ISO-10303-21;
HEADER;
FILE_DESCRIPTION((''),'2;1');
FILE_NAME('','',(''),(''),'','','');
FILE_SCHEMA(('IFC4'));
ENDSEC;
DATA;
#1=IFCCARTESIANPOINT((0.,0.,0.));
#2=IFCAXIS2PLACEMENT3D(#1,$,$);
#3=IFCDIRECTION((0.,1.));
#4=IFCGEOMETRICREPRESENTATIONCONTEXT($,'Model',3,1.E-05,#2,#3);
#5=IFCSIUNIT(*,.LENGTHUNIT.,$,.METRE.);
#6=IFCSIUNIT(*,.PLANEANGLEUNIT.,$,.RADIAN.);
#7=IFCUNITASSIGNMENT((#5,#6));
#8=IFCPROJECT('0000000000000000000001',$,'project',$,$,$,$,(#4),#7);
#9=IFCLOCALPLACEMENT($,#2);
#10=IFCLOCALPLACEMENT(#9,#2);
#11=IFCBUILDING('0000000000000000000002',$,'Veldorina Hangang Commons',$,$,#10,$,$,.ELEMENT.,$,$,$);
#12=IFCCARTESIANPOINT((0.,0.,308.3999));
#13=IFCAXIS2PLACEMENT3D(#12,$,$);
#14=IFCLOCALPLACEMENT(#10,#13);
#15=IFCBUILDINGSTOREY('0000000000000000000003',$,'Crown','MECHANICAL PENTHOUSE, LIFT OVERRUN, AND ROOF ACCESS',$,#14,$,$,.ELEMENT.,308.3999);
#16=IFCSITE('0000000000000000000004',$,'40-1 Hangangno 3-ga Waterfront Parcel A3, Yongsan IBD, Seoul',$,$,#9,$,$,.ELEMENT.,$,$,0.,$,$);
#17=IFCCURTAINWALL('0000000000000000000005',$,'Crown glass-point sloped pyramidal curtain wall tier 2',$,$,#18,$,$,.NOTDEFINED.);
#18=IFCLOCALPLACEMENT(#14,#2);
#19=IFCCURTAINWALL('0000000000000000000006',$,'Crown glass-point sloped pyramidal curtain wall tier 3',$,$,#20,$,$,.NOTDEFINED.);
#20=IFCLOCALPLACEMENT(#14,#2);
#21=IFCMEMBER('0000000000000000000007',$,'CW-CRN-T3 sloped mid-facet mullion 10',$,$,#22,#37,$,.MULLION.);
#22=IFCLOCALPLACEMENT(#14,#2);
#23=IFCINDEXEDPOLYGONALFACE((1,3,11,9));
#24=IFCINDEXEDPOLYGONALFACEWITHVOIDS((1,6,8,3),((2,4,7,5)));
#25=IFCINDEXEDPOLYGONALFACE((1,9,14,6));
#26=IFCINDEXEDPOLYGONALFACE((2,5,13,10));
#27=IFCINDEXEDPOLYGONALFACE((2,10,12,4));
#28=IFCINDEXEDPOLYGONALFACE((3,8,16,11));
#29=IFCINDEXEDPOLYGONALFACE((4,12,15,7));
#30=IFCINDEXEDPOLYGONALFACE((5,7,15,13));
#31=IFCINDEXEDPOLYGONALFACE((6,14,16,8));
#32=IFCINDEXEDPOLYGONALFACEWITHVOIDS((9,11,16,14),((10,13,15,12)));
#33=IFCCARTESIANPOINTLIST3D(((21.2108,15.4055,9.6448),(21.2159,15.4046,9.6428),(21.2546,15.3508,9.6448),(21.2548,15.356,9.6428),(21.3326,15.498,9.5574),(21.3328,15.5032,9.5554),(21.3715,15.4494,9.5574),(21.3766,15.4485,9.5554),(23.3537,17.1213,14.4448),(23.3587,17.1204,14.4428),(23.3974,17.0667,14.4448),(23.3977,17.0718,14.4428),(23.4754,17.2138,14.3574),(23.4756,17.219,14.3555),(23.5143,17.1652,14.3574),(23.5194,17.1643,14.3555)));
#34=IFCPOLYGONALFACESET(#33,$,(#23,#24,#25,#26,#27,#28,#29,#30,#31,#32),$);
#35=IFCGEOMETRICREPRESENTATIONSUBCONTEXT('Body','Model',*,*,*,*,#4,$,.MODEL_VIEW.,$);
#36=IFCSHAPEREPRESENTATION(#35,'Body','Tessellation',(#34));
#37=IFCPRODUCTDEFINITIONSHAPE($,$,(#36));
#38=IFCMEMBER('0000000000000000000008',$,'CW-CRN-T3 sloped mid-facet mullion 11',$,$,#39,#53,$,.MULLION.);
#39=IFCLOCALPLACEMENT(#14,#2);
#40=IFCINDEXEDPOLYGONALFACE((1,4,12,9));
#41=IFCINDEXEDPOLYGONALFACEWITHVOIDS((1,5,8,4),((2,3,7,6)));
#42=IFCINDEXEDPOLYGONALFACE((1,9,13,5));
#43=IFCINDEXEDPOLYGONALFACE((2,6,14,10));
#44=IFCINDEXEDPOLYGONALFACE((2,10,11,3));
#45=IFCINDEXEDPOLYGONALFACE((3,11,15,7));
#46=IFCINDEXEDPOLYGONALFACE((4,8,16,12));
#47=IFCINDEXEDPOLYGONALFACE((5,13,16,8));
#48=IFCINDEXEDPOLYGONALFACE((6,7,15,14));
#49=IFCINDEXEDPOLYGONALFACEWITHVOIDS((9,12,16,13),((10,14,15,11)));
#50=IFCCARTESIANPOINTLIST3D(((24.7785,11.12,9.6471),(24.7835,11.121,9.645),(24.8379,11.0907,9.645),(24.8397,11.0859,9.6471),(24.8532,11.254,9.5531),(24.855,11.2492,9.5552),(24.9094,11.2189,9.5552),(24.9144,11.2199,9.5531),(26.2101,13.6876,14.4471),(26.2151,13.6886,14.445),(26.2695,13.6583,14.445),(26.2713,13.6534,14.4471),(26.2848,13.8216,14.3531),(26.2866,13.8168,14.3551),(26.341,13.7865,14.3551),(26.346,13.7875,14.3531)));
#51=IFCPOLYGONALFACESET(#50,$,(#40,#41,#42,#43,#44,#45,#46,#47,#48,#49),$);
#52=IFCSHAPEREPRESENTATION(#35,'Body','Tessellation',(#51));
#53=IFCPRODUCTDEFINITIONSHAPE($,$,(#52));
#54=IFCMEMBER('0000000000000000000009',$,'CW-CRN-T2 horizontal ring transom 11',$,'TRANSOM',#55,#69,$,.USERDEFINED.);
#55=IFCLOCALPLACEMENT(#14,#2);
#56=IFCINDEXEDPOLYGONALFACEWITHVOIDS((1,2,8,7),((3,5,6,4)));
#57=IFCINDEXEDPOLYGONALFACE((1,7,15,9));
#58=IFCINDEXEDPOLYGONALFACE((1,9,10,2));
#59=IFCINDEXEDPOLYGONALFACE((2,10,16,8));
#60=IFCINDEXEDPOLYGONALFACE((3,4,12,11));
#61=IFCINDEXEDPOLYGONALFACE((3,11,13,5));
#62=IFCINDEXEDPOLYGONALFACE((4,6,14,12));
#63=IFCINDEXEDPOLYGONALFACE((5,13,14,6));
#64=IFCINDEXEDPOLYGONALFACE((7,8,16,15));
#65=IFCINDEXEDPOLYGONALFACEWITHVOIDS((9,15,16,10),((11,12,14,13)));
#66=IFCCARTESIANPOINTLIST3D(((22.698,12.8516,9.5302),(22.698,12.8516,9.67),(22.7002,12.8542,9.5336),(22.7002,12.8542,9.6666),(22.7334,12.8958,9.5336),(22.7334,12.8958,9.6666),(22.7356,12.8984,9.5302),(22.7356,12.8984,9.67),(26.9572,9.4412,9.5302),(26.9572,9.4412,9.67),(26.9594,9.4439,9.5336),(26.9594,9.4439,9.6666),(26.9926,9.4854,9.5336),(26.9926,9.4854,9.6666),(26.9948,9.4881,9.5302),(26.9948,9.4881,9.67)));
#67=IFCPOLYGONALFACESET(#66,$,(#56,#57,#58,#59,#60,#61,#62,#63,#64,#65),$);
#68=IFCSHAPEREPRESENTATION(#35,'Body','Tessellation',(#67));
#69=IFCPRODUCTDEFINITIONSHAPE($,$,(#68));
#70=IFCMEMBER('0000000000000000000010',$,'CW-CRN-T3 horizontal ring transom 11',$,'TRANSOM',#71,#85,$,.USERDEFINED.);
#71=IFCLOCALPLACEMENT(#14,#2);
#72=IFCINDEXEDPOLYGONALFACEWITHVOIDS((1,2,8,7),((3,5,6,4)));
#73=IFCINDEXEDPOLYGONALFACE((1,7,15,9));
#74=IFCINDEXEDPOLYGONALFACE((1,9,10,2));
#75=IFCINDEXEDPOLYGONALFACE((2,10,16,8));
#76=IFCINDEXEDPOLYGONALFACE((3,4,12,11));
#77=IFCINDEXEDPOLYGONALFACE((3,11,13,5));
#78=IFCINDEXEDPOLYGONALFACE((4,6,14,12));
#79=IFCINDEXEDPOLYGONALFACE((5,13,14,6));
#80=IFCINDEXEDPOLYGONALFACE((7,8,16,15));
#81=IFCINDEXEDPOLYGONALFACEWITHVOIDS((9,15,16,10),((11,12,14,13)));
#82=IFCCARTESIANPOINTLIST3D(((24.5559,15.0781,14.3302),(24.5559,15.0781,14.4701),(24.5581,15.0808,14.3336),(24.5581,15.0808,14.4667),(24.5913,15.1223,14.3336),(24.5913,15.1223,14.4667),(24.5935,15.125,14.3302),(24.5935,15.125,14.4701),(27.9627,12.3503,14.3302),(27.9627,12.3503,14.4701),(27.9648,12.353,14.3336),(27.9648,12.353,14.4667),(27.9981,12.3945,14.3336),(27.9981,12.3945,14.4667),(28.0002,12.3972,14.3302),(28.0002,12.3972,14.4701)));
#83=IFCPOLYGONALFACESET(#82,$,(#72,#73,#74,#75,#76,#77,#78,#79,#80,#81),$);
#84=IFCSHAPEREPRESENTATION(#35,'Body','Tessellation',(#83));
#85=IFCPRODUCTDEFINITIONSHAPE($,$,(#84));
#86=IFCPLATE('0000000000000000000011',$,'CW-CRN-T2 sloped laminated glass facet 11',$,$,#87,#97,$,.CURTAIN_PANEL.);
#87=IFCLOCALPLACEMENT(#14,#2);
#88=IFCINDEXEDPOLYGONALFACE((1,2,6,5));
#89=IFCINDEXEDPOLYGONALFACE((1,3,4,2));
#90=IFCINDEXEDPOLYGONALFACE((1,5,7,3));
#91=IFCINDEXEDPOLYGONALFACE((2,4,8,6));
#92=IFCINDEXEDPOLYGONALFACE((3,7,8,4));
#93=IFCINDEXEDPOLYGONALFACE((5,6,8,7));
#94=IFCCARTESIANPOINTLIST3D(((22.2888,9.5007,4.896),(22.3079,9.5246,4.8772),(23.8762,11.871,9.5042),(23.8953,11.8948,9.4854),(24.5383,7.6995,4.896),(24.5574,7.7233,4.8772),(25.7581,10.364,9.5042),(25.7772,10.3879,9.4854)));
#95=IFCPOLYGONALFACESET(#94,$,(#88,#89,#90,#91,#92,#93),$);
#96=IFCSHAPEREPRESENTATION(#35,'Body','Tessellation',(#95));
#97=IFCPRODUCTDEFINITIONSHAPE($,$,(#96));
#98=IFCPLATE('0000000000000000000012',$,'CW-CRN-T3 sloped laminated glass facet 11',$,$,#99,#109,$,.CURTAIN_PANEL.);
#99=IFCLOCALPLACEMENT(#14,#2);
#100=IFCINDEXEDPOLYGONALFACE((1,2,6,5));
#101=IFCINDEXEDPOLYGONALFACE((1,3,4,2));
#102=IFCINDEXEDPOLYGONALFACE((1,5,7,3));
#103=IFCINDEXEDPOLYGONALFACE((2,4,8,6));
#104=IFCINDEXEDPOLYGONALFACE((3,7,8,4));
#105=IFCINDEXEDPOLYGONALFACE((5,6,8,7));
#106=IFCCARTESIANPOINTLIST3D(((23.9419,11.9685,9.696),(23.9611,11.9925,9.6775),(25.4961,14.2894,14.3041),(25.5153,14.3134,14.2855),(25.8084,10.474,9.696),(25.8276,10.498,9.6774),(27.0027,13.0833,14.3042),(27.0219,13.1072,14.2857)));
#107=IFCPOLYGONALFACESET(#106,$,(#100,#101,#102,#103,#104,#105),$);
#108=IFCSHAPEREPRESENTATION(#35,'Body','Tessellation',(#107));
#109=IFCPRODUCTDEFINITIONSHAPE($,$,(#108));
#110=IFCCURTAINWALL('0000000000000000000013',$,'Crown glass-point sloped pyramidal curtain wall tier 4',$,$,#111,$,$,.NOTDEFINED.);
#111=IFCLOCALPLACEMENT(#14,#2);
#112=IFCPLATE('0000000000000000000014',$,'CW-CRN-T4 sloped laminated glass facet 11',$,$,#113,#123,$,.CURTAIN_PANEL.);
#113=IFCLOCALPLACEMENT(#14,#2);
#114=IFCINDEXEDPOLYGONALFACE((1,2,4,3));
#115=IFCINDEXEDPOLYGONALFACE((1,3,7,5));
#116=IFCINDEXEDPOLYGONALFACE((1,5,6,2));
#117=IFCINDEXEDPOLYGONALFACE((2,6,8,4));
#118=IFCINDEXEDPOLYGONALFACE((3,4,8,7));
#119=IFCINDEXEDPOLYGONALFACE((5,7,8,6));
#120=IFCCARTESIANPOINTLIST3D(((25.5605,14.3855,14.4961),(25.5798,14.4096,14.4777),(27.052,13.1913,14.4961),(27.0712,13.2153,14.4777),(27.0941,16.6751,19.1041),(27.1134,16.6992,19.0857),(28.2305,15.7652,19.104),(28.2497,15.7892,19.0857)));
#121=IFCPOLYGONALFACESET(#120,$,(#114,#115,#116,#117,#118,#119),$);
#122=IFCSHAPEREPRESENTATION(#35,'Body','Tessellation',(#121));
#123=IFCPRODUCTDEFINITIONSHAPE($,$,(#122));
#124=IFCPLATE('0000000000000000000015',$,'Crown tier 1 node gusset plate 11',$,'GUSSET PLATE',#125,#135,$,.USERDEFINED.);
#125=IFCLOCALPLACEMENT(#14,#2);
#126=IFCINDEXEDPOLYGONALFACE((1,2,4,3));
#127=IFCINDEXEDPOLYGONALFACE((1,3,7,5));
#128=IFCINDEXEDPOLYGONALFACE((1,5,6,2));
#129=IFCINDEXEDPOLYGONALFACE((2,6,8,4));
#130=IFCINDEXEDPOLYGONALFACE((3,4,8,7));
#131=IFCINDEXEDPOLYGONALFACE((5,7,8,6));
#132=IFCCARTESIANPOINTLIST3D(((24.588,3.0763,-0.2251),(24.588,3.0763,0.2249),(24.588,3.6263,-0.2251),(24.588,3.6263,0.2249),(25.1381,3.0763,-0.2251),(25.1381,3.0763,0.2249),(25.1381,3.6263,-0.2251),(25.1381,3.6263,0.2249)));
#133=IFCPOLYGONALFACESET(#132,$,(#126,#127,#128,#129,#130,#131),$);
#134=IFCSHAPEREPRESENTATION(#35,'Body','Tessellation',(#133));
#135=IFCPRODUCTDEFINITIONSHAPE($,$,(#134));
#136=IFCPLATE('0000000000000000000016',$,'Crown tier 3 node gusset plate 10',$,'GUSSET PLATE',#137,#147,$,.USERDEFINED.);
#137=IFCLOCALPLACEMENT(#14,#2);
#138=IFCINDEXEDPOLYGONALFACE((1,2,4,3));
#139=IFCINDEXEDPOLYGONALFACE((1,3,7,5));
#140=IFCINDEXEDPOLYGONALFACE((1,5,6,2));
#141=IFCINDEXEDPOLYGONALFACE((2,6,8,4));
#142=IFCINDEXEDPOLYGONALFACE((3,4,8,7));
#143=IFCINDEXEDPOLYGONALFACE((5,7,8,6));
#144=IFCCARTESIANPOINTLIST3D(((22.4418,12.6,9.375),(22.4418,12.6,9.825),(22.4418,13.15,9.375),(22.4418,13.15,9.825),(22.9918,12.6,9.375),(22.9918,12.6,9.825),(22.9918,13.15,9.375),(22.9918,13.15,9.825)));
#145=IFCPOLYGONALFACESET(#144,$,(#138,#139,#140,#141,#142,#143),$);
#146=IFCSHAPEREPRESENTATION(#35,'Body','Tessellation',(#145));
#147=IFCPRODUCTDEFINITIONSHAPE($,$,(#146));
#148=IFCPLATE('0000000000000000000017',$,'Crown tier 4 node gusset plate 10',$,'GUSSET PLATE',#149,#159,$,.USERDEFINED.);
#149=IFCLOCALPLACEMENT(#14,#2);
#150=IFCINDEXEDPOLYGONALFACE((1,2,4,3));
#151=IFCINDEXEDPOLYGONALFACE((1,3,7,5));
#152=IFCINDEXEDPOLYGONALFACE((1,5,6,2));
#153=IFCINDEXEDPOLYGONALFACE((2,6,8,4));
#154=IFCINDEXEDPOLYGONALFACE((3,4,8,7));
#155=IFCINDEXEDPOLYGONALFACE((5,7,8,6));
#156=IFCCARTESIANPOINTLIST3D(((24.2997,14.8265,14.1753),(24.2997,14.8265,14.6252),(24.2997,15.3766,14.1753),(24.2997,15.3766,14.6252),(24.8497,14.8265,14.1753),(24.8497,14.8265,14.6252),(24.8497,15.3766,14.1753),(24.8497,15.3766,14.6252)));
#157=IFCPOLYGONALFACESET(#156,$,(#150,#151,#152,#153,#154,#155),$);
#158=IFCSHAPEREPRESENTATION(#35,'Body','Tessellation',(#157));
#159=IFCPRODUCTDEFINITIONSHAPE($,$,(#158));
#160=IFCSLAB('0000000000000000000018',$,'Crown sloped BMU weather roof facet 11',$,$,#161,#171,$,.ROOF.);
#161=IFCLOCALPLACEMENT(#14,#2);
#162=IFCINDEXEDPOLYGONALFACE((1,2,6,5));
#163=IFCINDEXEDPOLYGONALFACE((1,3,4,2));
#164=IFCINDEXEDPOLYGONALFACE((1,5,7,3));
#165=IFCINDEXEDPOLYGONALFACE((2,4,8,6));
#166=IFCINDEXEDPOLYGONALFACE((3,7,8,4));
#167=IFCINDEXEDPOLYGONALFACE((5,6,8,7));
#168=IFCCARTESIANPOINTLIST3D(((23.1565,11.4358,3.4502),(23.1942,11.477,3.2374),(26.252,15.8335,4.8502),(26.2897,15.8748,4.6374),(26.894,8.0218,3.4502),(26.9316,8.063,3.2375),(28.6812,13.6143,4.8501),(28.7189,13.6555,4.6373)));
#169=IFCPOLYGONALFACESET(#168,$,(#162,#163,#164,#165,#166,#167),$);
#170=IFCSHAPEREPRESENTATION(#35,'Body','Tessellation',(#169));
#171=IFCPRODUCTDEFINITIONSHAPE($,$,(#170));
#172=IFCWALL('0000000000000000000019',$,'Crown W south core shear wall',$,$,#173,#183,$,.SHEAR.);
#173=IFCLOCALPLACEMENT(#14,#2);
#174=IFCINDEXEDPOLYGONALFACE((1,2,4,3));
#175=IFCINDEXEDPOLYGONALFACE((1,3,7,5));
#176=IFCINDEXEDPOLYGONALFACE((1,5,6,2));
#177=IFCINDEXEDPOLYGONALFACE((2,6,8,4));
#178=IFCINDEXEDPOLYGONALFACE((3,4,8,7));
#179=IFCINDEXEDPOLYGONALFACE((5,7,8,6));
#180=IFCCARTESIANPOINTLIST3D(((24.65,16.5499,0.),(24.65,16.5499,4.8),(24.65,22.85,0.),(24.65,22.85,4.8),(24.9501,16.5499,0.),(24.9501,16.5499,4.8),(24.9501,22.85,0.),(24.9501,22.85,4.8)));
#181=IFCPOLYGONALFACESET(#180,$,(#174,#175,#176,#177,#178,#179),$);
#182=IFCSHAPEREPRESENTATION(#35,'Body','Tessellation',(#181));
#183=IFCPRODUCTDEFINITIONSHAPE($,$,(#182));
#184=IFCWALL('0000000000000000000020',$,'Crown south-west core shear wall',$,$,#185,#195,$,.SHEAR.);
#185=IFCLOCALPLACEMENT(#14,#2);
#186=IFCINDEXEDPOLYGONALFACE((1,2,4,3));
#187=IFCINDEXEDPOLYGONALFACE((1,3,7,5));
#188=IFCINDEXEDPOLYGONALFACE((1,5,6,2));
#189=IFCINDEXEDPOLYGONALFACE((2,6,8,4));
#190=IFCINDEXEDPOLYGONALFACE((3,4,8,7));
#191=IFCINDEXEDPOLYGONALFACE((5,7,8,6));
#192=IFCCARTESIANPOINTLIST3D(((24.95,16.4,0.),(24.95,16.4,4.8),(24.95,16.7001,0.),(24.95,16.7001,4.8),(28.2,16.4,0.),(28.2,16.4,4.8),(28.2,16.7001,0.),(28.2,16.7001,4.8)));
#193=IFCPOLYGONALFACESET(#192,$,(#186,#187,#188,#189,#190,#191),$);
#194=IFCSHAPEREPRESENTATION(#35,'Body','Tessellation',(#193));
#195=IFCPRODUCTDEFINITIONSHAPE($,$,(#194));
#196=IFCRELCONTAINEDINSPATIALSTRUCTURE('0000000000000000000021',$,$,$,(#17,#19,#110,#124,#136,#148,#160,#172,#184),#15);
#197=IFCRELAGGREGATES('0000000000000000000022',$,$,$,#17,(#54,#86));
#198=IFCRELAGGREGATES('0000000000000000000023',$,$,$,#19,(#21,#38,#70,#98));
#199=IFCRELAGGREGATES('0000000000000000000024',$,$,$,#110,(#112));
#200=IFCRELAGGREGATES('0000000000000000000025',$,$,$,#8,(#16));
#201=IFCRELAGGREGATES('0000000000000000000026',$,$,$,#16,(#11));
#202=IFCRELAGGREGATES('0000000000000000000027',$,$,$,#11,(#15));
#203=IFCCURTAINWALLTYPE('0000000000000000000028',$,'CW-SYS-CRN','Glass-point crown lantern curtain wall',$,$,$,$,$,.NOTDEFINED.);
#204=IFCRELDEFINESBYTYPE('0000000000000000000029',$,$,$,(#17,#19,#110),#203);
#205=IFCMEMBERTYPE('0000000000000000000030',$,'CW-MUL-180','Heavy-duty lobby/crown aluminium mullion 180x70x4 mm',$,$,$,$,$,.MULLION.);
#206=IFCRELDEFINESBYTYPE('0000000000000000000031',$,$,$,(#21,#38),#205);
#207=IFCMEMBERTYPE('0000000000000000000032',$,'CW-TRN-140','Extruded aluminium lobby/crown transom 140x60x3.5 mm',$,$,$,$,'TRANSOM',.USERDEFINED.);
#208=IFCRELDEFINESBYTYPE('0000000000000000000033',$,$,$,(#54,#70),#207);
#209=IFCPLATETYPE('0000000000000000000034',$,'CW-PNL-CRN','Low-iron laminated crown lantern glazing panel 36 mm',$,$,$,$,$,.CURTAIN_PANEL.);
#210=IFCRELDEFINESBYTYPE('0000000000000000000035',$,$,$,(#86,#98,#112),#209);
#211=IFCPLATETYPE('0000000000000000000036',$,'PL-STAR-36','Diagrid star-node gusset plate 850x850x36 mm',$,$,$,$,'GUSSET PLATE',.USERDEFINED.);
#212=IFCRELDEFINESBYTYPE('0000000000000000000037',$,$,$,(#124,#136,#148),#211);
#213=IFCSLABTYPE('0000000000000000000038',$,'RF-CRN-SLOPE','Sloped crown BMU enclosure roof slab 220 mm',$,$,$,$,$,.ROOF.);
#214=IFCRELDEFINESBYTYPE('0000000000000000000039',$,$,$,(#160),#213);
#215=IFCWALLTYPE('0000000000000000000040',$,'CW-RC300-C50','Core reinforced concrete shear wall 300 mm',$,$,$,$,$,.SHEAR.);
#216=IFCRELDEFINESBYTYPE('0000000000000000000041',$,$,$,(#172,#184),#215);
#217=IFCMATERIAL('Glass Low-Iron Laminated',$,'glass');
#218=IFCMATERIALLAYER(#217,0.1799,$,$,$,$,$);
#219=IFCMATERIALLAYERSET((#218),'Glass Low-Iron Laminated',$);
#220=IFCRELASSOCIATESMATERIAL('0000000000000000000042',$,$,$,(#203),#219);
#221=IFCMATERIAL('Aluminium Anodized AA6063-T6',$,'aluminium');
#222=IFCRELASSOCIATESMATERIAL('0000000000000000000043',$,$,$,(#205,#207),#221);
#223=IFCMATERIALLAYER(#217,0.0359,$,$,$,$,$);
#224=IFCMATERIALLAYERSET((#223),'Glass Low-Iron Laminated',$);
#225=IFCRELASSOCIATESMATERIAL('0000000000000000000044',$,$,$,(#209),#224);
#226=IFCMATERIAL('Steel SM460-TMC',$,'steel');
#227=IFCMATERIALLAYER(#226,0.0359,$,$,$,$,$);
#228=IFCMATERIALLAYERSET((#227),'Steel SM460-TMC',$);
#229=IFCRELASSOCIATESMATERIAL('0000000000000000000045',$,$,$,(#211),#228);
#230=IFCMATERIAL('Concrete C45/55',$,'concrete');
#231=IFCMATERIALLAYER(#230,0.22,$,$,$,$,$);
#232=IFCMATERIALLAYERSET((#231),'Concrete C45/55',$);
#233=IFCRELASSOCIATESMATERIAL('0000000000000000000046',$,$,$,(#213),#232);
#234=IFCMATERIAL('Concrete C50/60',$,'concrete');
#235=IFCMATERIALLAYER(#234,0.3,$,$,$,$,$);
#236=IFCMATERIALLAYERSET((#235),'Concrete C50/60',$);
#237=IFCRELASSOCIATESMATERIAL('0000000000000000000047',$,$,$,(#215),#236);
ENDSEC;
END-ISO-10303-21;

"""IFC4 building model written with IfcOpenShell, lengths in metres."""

from ifc_helpers import new_model, si_unit, direction, frame, frame_2d, origin, origin_2d, place, context, subcontext, project, spatial, polyline, rectangle, hollow_rectangle, outline, extrude, material, layer, layer_set, material_profile, profile_set, type_object, element, aggregate, save


model = new_model("IFC4")

# Units and contexts
model_context = context("Model", 3, precision=1e-05, world=origin(), true_north=direction((0.0, 1.0)))
body_context = subcontext(model_context, "Body", "Model", "MODEL_VIEW")
ifc_project = project(units=[si_unit("LENGTHUNIT", "METRE"), si_unit("PLANEANGLEUNIT", "RADIAN")], contexts=[model_context])

# Site, building, storey
site_placement = place(None, origin())
site = spatial("IfcSite", under=ifc_project, at=site_placement, Name="40-1 Hangangno 3-ga Waterfront Parcel A3, Yongsan IBD, Seoul", CompositionType="ELEMENT", RefElevation=0.0)
building_placement = place(site_placement, origin())
building = spatial("IfcBuilding", under=site, at=building_placement, Name="Veldorina Hangang Commons", CompositionType="ELEMENT")
storey_placement = place(building_placement, frame((0.0, 0.0, 308.3999)))
storey = spatial("IfcBuildingStorey", under=building, at=storey_placement, Name="Crown", Description="MECHANICAL PENTHOUSE, LIFT OVERRUN, AND ROOF ACCESS", CompositionType="ELEMENT", Elevation=308.3999)

# Shared definitions
ifc_material_1 = material(Name="Steel SM460-TMC", Category="steel")

# Curtain wall
ifc_material_2 = material(Name="Glass Low-Iron Laminated", Category="glass")
ifc_layer_1 = layer(ifc_material_2, 0.1799)
ifc_layer_set_1 = layer_set([ifc_layer_1], Name="Glass Low-Iron Laminated")
curtain_wall_type = type_object("IfcCurtainWallType", Name="CW-SYS-CRN", Description="Glass-point crown lantern curtain wall", PredefinedType="NOTDEFINED", material=ifc_layer_set_1)
ifc_material_3 = material(Name="Aluminium Anodized AA6063-T6", Category="aluminium")
ifc_material_profile_1 = material_profile(ifc_material_3, hollow_rectangle(XDim=0.0701, YDim=0.1799, WallThickness=0.0039, at=origin_2d()), Name="ALU-RHS-180x70x4")
ifc_profile_set_1 = profile_set([ifc_material_profile_1], Name="Aluminium Anodized AA6063-T6")
member_type_1 = type_object("IfcMemberType", Name="CW-MUL-180", Description="Heavy-duty lobby/crown aluminium mullion 180x70x4 mm", PredefinedType="MULLION", material=ifc_profile_set_1)
curtain_wall_1_placement = place(storey_placement, origin())
curtain_wall_1 = element("IfcCurtainWall", 1, at=curtain_wall_1_placement, inside=storey, type_object=curtain_wall_type, Name="Crown glass-point sloped pyramidal curtain wall tier 2", PredefinedType="NOTDEFINED")

# Curtain wall, members
curtain_wall_2_placement = place(storey_placement, origin())
curtain_wall_2 = element("IfcCurtainWall", 2, at=curtain_wall_2_placement, inside=storey, type_object=curtain_wall_type, Name="Crown glass-point sloped pyramidal curtain wall tier 3", PredefinedType="NOTDEFINED")
member_1_placement = place(storey_placement, frame((21.2937, 15.427, 9.6001), z_axis=(0.38752, 0.310299, 0.868068), x_axis=(-0.625042, 0.780591, 0.0)))
member_1 = element("IfcMember", 3, at=member_1_placement, type_object=member_type_1, Name="CW-CRN-T3 sloped mid-facet mullion 10", PredefinedType="MULLION", context=body_context, shape_type="SweptSolid", body=[
    extrude(hollow_rectangle(XDim=0.0701, YDim=0.1799, WallThickness=0.0039, at=origin_2d()), origin(), (0.0, 0.0, 1.0), 5.5295),
])
member_2_placement = place(storey_placement, frame((24.8464, 11.1699, 9.6001), z_axis=(0.254345, 0.456163, 0.852774), x_axis=(-0.873408, 0.486989, 0.0)))
member_2 = element("IfcMember", 4, at=member_2_placement, type_object=member_type_1, Name="CW-CRN-T3 sloped mid-facet mullion 11", PredefinedType="MULLION", context=body_context, shape_type="SweptSolid", body=[
    extrude(hollow_rectangle(XDim=0.0701, YDim=0.1799, WallThickness=0.0039, at=origin_2d()), origin(), (0.0, 0.0, 1.0), 5.6287),
])

# Members
ifc_material_profile_2 = material_profile(ifc_material_3, hollow_rectangle(XDim=0.0601, YDim=0.1399, WallThickness=0.0034, at=origin_2d()), Name="ALU-RHS-140x60x3.5")
ifc_profile_set_2 = profile_set([ifc_material_profile_2], Name="Aluminium Anodized AA6063-T6")
member_type_2 = type_object("IfcMemberType", Name="CW-TRN-140", Description="Extruded aluminium lobby/crown transom 140x60x3.5 mm", ElementType="TRANSOM", PredefinedType="USERDEFINED", material=ifc_profile_set_2)
member_3_placement = place(storey_placement, frame((22.7168, 12.875, 9.6001), z_axis=(0.780602, -0.625028, 0.0), x_axis=(0.625028, 0.780602, 0.0)))
member_3 = element("IfcMember", 5, at=member_3_placement, type_object=member_type_2, Name="CW-CRN-T2 horizontal ring transom 11", ObjectType="TRANSOM", PredefinedType="USERDEFINED", context=body_context, shape_type="SweptSolid", body=[
    extrude(hollow_rectangle(XDim=0.0601, YDim=0.1399, WallThickness=0.0034, at=origin_2d()), origin(), (0.0, 0.0, 1.0), 5.4563),
])
member_4_placement = place(storey_placement, frame((24.5747, 15.1016, 14.4001), z_axis=(0.780601, -0.625029, 0.0), x_axis=(0.625029, 0.780601, 0.0)))
member_4 = element("IfcMember", 6, at=member_4_placement, type_object=member_type_2, Name="CW-CRN-T3 horizontal ring transom 11", ObjectType="TRANSOM", PredefinedType="USERDEFINED", context=body_context, shape_type="SweptSolid", body=[
    extrude(hollow_rectangle(XDim=0.0601, YDim=0.1399, WallThickness=0.0034, at=origin_2d()), origin(), (0.0, 0.0, 1.0), 4.3643),
])

# Plates
ifc_layer_2 = layer(ifc_material_2, 0.0359)
ifc_layer_set_2 = layer_set([ifc_layer_2], Name="Glass Low-Iron Laminated")
plate_type_1 = type_object("IfcPlateType", Name="CW-PNL-CRN", Description="Low-iron laminated crown lantern glazing panel 36 mm", PredefinedType="CURTAIN_PANEL", material=ifc_layer_set_2)
plate_1_placement = place(storey_placement, frame((22.2888, 9.5007, 4.896), z_axis=(-0.531988, -0.664377, 0.524969), x_axis=(0.780589, -0.625044, -0.000001)))
plate_1 = element("IfcPlate", 7, at=plate_1_placement, type_object=plate_type_1, Name="CW-CRN-T2 sloped laminated glass facet 11", PredefinedType="CURTAIN_PANEL", context=body_context, shape_type="SweptSolid", body=[
    extrude(outline(polyline([(0.0, 0.0), (2.8818, 0.0), (2.1685, 5.4143), (-0.2424, 5.4143), (0.0, 0.0)])), origin(), (0.0, 0.0, -1.0), 0.0359),
])
aggregate(curtain_wall_1, [member_3, plate_1])
plate_2_placement = place(storey_placement, frame((23.9419, 11.9685, 9.696), z_axis=(-0.535002, -0.668197, 0.516997), x_axis=(0.780603, -0.625027, -0.000032)))
plate_2 = element("IfcPlate", 8, at=plate_2_placement, type_object=plate_type_1, Name="CW-CRN-T3 sloped laminated glass facet 11", PredefinedType="CURTAIN_PANEL", context=body_context, shape_type="SweptSolid", body=[
    extrude(outline(polyline([(0.0, 0.0), (2.3911, 0.0), (1.6924, 5.3835), (-0.2375, 5.3833), (0.0, 0.0)])), origin(), (0.0, 0.0, -1.0), 0.0359),
])
aggregate(curtain_wall_2, [member_1, member_2, member_4, plate_2])

# Curtain wall, plate
curtain_wall_3_placement = place(storey_placement, origin())
curtain_wall_3 = element("IfcCurtainWall", 9, at=curtain_wall_3_placement, inside=storey, type_object=curtain_wall_type, Name="Crown glass-point sloped pyramidal curtain wall tier 4", PredefinedType="NOTDEFINED")
plate_3_placement = place(storey_placement, frame((25.5605, 14.3855, 14.4961), z_axis=(-0.536942, -0.67057, 0.511889), x_axis=(0.780587, -0.625048, -0.000016)))
plate_3 = element("IfcPlate", 10, at=plate_3_placement, type_object=plate_type_1, Name="CW-CRN-T4 sloped laminated glass facet 11", PredefinedType="CURTAIN_PANEL", context=body_context, shape_type="SweptSolid", body=[
    extrude(outline(polyline([(0.0, 0.0), (1.9106, 0.0), (1.2217, 5.364), (-0.2341, 5.364), (0.0, 0.0)])), origin(), (0.0, 0.0, -1.0), 0.0359),
])
aggregate(curtain_wall_3, [plate_3])

# Plates
ifc_layer_3 = layer(ifc_material_1, 0.0359)
ifc_layer_set_3 = layer_set([ifc_layer_3], Name="Steel SM460-TMC")
plate_type_2 = type_object("IfcPlateType", Name="PL-STAR-36", Description="Diagrid star-node gusset plate 850x850x36 mm", ElementType="GUSSET PLATE", PredefinedType="USERDEFINED", material=ifc_layer_set_3)
for number, where, z_axis, x_axis, name in (
    (11, (24.863, 3.3513, -0.2251), (0.0, 0.0, 1.0), (1.0, 0.0, 0.0), "Crown tier 1 node gusset plate 11"),
    (12, (22.7168, 12.875, 9.375), (0.0, 0.0, 1.0), (1.0, 0.0, 0.0), "Crown tier 3 node gusset plate 10"),
    (13, (24.5747, 15.1016, 14.1753), (0.0, 0.0, 1.0), (1.0, 0.0, 0.0), "Crown tier 4 node gusset plate 10"),
):
    element("IfcPlate", number, at=place(storey_placement, frame(where, z_axis=z_axis, x_axis=x_axis)), inside=storey, type_object=plate_type_2, Name=name, ObjectType="GUSSET PLATE", PredefinedType="USERDEFINED", context=body_context, shape_type="SweptSolid", body=[
        extrude(rectangle(XDim=0.55, YDim=0.55, at=origin_2d()), origin(), (0.0, 0.0, 1.0), 0.45),
    ])

# Slab
ifc_material_4 = material(Name="Concrete C45/55", Category="concrete")
ifc_layer_4 = layer(ifc_material_4, 0.22)
ifc_layer_set_4 = layer_set([ifc_layer_4], Name="Concrete C45/55")
slab_type = type_object("IfcSlabType", Name="RF-CRN-SLOPE", Description="Sloped crown BMU enclosure roof slab 220 mm", PredefinedType="ROOF", material=ifc_layer_set_4)
slab_placement = place(storey_placement, frame((23.1565, 11.4358, 3.4502), z_axis=(-0.171195, -0.187407, 0.967249), x_axis=(0.738335, -0.674434, 0.000006)))
element("IfcSlab", 14, at=slab_placement, inside=storey, type_object=slab_type, Name="Crown sloped BMU weather roof facet 11", PredefinedType="ROOF", context=body_context, shape_type="SweptSolid", body=[
    extrude(outline(polyline([(0.0, 0.0), (5.062, 0.0), (2.6099, 5.5151), (-0.6804, 5.5154), (0.0, 0.0)])), origin(), (0.0, 0.0, -1.0), 0.22),
])

# Walls
ifc_material_5 = material(Name="Concrete C50/60", Category="concrete")
ifc_layer_5 = layer(ifc_material_5, 0.3)
ifc_layer_set_5 = layer_set([ifc_layer_5], Name="Concrete C50/60")
wall_type = type_object("IfcWallType", Name="CW-RC300-C50", Description="Core reinforced concrete shear wall 300 mm", PredefinedType="SHEAR", material=ifc_layer_set_5)
wall_1_placement = place(storey_placement, frame((24.8, 16.55, 0.0), z_axis=(0.0, 0.0, 1.0), x_axis=(0.0, 1.0, 0.0)))
element("IfcWall", 15, at=wall_1_placement, inside=storey, type_object=wall_type, Name="Crown W south core shear wall", PredefinedType="SHEAR", context=body_context, shape_type="SweptSolid", body=[
    extrude(rectangle(XDim=6.3, YDim=0.3, at=frame_2d((3.1499, 0.0))), origin(), (0.0, 0.0, 1.0), 4.8),
])
wall_2_placement = place(storey_placement, frame((24.95, 16.55, 0.0), z_axis=(0.0, 0.0, 1.0), x_axis=(1.0, 0.0, 0.0)))
element("IfcWall", 16, at=wall_2_placement, inside=storey, type_object=wall_type, Name="Crown south-west core shear wall", PredefinedType="SHEAR", context=body_context, shape_type="SweptSolid", body=[
    extrude(rectangle(XDim=3.25, YDim=0.3, at=frame_2d((1.625, 0.0))), origin(), (0.0, 0.0, 1.0), 4.8),
])

save(model, "model.ifc")
